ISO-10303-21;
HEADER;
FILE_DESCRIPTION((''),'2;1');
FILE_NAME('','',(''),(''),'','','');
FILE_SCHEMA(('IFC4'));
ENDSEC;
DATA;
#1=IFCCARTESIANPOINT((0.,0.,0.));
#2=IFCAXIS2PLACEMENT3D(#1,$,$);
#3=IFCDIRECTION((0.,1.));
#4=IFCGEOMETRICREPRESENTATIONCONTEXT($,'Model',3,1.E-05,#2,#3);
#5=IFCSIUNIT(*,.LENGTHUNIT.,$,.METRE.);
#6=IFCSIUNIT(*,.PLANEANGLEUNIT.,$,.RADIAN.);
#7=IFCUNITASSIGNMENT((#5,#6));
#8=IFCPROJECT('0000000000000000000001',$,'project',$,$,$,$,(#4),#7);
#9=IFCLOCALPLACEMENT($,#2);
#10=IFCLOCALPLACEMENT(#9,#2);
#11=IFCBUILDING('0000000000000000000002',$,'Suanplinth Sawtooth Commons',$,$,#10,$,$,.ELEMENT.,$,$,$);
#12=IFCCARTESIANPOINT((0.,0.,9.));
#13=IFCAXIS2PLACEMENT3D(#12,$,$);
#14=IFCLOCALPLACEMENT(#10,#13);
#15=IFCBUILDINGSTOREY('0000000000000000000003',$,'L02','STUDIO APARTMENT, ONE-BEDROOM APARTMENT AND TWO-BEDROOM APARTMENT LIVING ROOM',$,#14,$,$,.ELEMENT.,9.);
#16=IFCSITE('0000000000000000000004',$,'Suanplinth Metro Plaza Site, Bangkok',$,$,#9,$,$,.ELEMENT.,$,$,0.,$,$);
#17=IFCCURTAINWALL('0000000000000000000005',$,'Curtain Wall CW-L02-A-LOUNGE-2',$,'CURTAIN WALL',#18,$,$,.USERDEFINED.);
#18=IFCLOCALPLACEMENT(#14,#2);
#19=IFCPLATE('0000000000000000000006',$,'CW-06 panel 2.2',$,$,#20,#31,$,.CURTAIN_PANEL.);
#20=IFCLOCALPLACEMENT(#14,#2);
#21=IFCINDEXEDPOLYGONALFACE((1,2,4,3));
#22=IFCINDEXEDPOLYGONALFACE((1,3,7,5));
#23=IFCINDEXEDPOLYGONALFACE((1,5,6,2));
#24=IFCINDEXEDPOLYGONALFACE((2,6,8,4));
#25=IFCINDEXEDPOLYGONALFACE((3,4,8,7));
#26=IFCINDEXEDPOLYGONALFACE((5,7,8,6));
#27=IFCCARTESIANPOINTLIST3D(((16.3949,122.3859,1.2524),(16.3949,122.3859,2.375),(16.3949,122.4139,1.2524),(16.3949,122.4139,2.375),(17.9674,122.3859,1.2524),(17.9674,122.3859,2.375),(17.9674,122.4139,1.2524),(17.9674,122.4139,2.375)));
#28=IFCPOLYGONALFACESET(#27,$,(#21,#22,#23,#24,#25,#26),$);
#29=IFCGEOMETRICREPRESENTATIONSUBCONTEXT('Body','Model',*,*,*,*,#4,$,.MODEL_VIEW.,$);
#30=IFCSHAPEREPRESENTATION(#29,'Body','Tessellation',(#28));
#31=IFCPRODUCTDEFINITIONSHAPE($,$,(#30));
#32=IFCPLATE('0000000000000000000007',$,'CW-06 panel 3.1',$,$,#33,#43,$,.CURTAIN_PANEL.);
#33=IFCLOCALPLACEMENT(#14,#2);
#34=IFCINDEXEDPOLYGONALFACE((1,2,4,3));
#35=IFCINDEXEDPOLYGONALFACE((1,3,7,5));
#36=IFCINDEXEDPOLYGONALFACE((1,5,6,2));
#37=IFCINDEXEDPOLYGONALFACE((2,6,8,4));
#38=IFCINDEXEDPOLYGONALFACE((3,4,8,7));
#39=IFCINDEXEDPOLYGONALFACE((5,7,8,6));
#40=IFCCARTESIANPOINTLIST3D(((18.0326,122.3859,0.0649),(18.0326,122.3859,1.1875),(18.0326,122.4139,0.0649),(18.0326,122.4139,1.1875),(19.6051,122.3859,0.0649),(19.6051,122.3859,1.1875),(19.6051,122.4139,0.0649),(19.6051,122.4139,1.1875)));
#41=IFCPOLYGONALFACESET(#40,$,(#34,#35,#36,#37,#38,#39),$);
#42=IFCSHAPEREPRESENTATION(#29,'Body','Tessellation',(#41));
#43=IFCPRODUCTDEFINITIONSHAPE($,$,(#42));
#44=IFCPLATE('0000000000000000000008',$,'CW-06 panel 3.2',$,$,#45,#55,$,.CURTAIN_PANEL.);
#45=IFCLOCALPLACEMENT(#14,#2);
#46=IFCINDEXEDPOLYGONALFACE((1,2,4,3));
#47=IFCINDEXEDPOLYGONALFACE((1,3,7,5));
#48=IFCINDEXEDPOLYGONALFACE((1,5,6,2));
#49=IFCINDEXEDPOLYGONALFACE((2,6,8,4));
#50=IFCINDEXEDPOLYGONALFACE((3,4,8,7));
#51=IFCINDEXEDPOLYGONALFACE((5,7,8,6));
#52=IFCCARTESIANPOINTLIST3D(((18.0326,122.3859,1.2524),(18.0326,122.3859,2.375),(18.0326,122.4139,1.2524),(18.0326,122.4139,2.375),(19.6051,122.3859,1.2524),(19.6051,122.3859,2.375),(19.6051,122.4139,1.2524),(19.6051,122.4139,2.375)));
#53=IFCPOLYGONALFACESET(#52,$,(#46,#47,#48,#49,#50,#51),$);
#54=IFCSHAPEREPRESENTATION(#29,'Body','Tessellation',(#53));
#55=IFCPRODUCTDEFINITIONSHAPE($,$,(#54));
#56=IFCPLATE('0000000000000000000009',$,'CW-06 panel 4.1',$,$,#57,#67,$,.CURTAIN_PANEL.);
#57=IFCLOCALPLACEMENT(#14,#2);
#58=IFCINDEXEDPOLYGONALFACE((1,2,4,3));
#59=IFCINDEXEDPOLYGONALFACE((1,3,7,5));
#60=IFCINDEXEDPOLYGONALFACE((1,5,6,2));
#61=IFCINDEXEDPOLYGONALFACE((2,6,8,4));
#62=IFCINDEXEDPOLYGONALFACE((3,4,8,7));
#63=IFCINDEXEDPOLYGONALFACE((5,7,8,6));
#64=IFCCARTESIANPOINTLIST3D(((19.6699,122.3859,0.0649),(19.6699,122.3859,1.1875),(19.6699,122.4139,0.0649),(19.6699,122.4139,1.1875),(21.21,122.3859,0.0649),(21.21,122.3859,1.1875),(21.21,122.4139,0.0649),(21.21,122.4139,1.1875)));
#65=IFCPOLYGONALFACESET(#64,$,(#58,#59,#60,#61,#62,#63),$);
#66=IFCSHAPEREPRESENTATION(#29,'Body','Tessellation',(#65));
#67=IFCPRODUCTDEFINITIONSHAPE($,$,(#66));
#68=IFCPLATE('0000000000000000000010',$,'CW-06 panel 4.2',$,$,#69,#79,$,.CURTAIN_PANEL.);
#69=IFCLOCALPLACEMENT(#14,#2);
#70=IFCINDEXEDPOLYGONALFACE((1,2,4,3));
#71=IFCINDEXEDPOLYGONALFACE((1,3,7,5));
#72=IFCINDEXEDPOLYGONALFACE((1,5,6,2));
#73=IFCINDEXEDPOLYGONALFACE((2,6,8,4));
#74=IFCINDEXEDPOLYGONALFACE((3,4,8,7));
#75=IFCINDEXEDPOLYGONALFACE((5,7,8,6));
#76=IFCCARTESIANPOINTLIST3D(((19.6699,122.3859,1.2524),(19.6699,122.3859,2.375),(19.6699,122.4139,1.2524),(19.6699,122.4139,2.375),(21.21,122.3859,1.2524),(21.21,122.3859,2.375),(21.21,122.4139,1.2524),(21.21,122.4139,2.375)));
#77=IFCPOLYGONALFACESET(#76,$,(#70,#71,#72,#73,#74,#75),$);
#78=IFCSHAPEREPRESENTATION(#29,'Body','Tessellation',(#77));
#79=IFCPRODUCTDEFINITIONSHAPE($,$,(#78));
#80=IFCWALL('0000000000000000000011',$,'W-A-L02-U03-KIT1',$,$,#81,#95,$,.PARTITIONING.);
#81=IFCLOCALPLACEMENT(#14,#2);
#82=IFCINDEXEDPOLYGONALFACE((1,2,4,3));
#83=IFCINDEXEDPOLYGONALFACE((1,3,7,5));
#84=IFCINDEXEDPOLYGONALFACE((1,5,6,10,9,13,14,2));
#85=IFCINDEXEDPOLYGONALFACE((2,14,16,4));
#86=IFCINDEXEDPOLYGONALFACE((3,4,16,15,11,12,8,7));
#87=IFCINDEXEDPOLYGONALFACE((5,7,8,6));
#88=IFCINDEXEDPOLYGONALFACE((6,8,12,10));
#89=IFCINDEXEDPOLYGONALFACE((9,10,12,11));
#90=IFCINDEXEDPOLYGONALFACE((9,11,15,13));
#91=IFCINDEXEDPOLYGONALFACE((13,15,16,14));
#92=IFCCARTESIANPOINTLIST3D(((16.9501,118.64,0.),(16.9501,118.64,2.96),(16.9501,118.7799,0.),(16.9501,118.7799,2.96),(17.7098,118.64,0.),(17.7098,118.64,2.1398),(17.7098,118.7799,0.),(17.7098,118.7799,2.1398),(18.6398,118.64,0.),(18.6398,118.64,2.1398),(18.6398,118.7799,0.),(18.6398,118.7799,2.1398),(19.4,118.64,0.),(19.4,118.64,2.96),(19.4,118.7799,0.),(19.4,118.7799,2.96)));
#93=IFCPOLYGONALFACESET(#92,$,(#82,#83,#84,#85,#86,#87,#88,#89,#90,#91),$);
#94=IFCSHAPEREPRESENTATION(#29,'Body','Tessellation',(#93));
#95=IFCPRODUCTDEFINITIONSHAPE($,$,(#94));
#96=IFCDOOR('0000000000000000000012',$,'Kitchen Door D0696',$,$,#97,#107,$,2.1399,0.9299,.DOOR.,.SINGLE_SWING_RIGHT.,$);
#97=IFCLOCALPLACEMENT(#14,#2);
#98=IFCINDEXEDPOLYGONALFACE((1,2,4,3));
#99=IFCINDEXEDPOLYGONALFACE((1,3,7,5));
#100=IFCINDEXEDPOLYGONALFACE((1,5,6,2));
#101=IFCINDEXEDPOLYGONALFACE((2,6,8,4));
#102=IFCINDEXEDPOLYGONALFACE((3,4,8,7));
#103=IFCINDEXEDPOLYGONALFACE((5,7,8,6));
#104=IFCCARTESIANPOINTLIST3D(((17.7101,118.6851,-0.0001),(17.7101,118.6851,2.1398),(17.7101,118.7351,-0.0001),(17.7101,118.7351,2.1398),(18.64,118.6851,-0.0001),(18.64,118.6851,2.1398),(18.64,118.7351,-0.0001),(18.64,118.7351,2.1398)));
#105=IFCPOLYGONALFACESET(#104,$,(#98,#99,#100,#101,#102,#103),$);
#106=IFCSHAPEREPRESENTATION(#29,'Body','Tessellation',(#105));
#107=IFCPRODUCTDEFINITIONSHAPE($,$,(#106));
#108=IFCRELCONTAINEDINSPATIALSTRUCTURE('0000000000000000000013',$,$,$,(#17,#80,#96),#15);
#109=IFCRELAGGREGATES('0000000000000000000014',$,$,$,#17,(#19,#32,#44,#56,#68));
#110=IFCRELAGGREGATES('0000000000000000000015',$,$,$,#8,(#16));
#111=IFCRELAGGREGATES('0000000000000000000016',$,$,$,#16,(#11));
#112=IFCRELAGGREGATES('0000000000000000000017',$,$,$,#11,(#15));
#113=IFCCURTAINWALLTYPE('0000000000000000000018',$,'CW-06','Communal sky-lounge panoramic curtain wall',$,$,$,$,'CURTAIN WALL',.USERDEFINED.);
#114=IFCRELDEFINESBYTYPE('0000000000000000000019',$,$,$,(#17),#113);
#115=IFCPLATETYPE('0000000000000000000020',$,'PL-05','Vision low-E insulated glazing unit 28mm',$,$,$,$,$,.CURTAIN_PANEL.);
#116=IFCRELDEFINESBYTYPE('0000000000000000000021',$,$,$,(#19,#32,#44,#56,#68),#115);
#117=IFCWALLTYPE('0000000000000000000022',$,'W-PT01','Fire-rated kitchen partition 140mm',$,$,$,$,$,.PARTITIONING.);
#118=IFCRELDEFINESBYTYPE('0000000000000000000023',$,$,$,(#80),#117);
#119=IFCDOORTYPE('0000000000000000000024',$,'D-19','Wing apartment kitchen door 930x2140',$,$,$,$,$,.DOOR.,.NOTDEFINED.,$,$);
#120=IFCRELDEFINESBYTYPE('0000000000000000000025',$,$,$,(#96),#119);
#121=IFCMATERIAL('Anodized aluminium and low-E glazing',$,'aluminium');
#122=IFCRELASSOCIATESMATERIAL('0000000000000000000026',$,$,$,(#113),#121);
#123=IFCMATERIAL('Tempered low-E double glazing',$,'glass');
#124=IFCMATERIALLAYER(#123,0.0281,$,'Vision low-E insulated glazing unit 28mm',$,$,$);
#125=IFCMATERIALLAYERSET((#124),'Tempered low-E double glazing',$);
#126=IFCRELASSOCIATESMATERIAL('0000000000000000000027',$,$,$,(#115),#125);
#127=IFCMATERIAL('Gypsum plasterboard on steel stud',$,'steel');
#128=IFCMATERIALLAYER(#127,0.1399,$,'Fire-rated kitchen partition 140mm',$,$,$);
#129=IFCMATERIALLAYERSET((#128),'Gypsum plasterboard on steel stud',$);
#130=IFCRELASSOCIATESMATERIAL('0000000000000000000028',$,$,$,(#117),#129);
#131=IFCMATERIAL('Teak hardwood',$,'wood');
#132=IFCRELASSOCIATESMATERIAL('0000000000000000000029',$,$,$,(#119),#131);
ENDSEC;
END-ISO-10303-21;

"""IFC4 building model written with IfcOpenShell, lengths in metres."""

from ifc_helpers import new_model, si_unit, direction, frame, frame_2d, origin, origin_2d, place, context, subcontext, project, spatial, rectangle, extrude, material, layer, layer_set, type_object, element, fill, aggregate, save


model = new_model("IFC4")

# Units and contexts
model_context = context("Model", 3, precision=1e-05, world=origin(), true_north=direction((0.0, 1.0)))
body_context = subcontext(model_context, "Body", "Model", "MODEL_VIEW")
ifc_project = project(units=[si_unit("LENGTHUNIT", "METRE"), si_unit("PLANEANGLEUNIT", "RADIAN")], contexts=[model_context])

# Site, building, storey
site_placement = place(None, origin())
site = spatial("IfcSite", under=ifc_project, at=site_placement, Name="Suanplinth Metro Plaza Site, Bangkok", CompositionType="ELEMENT", RefElevation=0.0)
building_placement = place(site_placement, origin())
building = spatial("IfcBuilding", under=site, at=building_placement, Name="Suanplinth Sawtooth Commons", CompositionType="ELEMENT")
storey_placement = place(building_placement, frame((0.0, 0.0, 9.0)))
storey = spatial("IfcBuildingStorey", under=building, at=storey_placement, Name="L02", Description="STUDIO APARTMENT, ONE-BEDROOM APARTMENT AND TWO-BEDROOM APARTMENT LIVING ROOM", CompositionType="ELEMENT", Elevation=9.0)

# Curtain wall
ifc_material_1 = material(Name="Anodized aluminium and low-E glazing", Category="aluminium")
curtain_wall_type = type_object("IfcCurtainWallType", Name="CW-06", Description="Communal sky-lounge panoramic curtain wall", ElementType="CURTAIN WALL", PredefinedType="USERDEFINED", material=ifc_material_1)
curtain_wall_placement = place(storey_placement, origin())
curtain_wall = element("IfcCurtainWall", 1, at=curtain_wall_placement, inside=storey, type_object=curtain_wall_type, Name="Curtain Wall CW-L02-A-LOUNGE-2", ObjectType="CURTAIN WALL", PredefinedType="USERDEFINED")

# Plates
ifc_material_2 = material(Name="Tempered low-E double glazing", Category="glass")
ifc_layer_1 = layer(ifc_material_2, 0.0281, Name="Vision low-E insulated glazing unit 28mm")
ifc_layer_set_1 = layer_set([ifc_layer_1], Name="Tempered low-E double glazing")
plate_type_1 = type_object("IfcPlateType", Name="PL-05", Description="Vision low-E insulated glazing unit 28mm", PredefinedType="CURTAIN_PANEL", material=ifc_layer_set_1)
plate_1_placement = place(storey_placement, frame((17.1812, 122.3999, 1.2524), z_axis=(0.0, 0.0, 1.0), x_axis=(1.0, 0.0, 0.0)))
plate_1 = element("IfcPlate", 2, at=plate_1_placement, type_object=plate_type_1, Name="CW-06 panel 2.2", PredefinedType="CURTAIN_PANEL", context=body_context, shape_type="SweptSolid", body=[
    extrude(rectangle(XDim=1.5725, YDim=0.0281, at=origin_2d()), origin(), (0.0, 0.0, 1.0), 1.1226),
])
plate_2_placement = place(storey_placement, frame((18.8188, 122.3999, 0.0649), z_axis=(0.0, 0.0, 1.0), x_axis=(1.0, 0.0, 0.0)))
plate_2 = element("IfcPlate", 3, at=plate_2_placement, type_object=plate_type_1, Name="CW-06 panel 3.1", PredefinedType="CURTAIN_PANEL", context=body_context, shape_type="SweptSolid", body=[
    extrude(rectangle(XDim=1.5725, YDim=0.0281, at=origin_2d()), origin(), (0.0, 0.0, 1.0), 1.1226),
])
plate_3_placement = place(storey_placement, frame((18.8188, 122.3999, 1.2524), z_axis=(0.0, 0.0, 1.0), x_axis=(1.0, 0.0, 0.0)))
plate_3 = element("IfcPlate", 4, at=plate_3_placement, type_object=plate_type_1, Name="CW-06 panel 3.2", PredefinedType="CURTAIN_PANEL", context=body_context, shape_type="SweptSolid", body=[
    extrude(rectangle(XDim=1.5725, YDim=0.0281, at=origin_2d()), origin(), (0.0, 0.0, 1.0), 1.1226),
])
plate_4_placement = place(storey_placement, frame((20.4399, 122.3999, 0.0649), z_axis=(0.0, 0.0, 1.0), x_axis=(1.0, 0.0, 0.0)))
plate_4 = element("IfcPlate", 5, at=plate_4_placement, type_object=plate_type_1, Name="CW-06 panel 4.1", PredefinedType="CURTAIN_PANEL", context=body_context, shape_type="SweptSolid", body=[
    extrude(rectangle(XDim=1.54, YDim=0.0281, at=origin_2d()), origin(), (0.0, 0.0, 1.0), 1.1226),
])
plate_5_placement = place(storey_placement, frame((20.4399, 122.3999, 1.2524), z_axis=(0.0, 0.0, 1.0), x_axis=(1.0, 0.0, 0.0)))
plate_5 = element("IfcPlate", 6, at=plate_5_placement, type_object=plate_type_1, Name="CW-06 panel 4.2", PredefinedType="CURTAIN_PANEL", context=body_context, shape_type="SweptSolid", body=[
    extrude(rectangle(XDim=1.54, YDim=0.0281, at=origin_2d()), origin(), (0.0, 0.0, 1.0), 1.1226),
])
aggregate(curtain_wall, [plate_1, plate_2, plate_3, plate_4, plate_5])

# Wall, opening, door
ifc_material_3 = material(Name="Gypsum plasterboard on steel stud", Category="steel")
ifc_layer_2 = layer(ifc_material_3, 0.1399, Name="Fire-rated kitchen partition 140mm")
ifc_layer_set_2 = layer_set([ifc_layer_2], Name="Gypsum plasterboard on steel stud")
wall_type = type_object("IfcWallType", Name="W-PT01", Description="Fire-rated kitchen partition 140mm", PredefinedType="PARTITIONING", material=ifc_layer_set_2)
wall_placement = place(storey_placement, frame((16.95, 118.71, 0.0), z_axis=(0.0, 0.0, 1.0), x_axis=(1.0, 0.0, 0.0)))
wall = element("IfcWall", 7, at=wall_placement, inside=storey, type_object=wall_type, Name="W-A-L02-U03-KIT1", PredefinedType="PARTITIONING", context=body_context, shape_type="SweptSolid", body=[
    extrude(rectangle(XDim=2.45, YDim=0.1399, at=frame_2d((1.2251, 0.0))), origin(), (0.0, 0.0, 1.0), 2.96),
])
opening_placement = place(wall_placement, frame((0.76, 0.0, 0.0)))
opening = element("IfcOpeningElement", 8, at=opening_placement, cuts=wall, PredefinedType="OPENING", context=body_context, shape_type="SweptSolid", body=[
    extrude(rectangle(XDim=0.9299, YDim=2.1399, at=frame_2d((0.4648, 1.0698))), frame((0.0, 0.085, 0.0), z_axis=(0.0, -1.0, 0.0), x_axis=(1.0, 0.0, 0.0)), (0.0, 0.0, 1.0), 0.1697),
])
ifc_material_4 = material(Name="Teak hardwood", Category="wood")
door_type = type_object("IfcDoorType", Name="D-19", Description="Wing apartment kitchen door 930x2140", OperationType="NOTDEFINED", PredefinedType="DOOR", material=ifc_material_4)
door_placement = place(opening_placement, frame((0.9299, 0.0, 0.0), z_axis=(0.0, 0.0, 1.0), x_axis=(-1.0, 0.0, 0.0)))
door = element("IfcDoor", 9, at=door_placement, inside=storey, type_object=door_type, Name="Kitchen Door D0696", OperationType="SINGLE_SWING_RIGHT", OverallHeight=2.1399, OverallWidth=0.9299, PredefinedType="DOOR", context=body_context, shape_type="SweptSolid", body=[
    extrude(rectangle(XDim=0.9299, YDim=2.1399, at=frame_2d((0.4648, 1.0698))), frame((0.0, 0.0249, 0.0), z_axis=(0.0, -1.0, 0.0), x_axis=(1.0, 0.0, 0.0)), (0.0, 0.0, 1.0), 0.05),
])
fill(opening, door)

save(model, "model.ifc")
